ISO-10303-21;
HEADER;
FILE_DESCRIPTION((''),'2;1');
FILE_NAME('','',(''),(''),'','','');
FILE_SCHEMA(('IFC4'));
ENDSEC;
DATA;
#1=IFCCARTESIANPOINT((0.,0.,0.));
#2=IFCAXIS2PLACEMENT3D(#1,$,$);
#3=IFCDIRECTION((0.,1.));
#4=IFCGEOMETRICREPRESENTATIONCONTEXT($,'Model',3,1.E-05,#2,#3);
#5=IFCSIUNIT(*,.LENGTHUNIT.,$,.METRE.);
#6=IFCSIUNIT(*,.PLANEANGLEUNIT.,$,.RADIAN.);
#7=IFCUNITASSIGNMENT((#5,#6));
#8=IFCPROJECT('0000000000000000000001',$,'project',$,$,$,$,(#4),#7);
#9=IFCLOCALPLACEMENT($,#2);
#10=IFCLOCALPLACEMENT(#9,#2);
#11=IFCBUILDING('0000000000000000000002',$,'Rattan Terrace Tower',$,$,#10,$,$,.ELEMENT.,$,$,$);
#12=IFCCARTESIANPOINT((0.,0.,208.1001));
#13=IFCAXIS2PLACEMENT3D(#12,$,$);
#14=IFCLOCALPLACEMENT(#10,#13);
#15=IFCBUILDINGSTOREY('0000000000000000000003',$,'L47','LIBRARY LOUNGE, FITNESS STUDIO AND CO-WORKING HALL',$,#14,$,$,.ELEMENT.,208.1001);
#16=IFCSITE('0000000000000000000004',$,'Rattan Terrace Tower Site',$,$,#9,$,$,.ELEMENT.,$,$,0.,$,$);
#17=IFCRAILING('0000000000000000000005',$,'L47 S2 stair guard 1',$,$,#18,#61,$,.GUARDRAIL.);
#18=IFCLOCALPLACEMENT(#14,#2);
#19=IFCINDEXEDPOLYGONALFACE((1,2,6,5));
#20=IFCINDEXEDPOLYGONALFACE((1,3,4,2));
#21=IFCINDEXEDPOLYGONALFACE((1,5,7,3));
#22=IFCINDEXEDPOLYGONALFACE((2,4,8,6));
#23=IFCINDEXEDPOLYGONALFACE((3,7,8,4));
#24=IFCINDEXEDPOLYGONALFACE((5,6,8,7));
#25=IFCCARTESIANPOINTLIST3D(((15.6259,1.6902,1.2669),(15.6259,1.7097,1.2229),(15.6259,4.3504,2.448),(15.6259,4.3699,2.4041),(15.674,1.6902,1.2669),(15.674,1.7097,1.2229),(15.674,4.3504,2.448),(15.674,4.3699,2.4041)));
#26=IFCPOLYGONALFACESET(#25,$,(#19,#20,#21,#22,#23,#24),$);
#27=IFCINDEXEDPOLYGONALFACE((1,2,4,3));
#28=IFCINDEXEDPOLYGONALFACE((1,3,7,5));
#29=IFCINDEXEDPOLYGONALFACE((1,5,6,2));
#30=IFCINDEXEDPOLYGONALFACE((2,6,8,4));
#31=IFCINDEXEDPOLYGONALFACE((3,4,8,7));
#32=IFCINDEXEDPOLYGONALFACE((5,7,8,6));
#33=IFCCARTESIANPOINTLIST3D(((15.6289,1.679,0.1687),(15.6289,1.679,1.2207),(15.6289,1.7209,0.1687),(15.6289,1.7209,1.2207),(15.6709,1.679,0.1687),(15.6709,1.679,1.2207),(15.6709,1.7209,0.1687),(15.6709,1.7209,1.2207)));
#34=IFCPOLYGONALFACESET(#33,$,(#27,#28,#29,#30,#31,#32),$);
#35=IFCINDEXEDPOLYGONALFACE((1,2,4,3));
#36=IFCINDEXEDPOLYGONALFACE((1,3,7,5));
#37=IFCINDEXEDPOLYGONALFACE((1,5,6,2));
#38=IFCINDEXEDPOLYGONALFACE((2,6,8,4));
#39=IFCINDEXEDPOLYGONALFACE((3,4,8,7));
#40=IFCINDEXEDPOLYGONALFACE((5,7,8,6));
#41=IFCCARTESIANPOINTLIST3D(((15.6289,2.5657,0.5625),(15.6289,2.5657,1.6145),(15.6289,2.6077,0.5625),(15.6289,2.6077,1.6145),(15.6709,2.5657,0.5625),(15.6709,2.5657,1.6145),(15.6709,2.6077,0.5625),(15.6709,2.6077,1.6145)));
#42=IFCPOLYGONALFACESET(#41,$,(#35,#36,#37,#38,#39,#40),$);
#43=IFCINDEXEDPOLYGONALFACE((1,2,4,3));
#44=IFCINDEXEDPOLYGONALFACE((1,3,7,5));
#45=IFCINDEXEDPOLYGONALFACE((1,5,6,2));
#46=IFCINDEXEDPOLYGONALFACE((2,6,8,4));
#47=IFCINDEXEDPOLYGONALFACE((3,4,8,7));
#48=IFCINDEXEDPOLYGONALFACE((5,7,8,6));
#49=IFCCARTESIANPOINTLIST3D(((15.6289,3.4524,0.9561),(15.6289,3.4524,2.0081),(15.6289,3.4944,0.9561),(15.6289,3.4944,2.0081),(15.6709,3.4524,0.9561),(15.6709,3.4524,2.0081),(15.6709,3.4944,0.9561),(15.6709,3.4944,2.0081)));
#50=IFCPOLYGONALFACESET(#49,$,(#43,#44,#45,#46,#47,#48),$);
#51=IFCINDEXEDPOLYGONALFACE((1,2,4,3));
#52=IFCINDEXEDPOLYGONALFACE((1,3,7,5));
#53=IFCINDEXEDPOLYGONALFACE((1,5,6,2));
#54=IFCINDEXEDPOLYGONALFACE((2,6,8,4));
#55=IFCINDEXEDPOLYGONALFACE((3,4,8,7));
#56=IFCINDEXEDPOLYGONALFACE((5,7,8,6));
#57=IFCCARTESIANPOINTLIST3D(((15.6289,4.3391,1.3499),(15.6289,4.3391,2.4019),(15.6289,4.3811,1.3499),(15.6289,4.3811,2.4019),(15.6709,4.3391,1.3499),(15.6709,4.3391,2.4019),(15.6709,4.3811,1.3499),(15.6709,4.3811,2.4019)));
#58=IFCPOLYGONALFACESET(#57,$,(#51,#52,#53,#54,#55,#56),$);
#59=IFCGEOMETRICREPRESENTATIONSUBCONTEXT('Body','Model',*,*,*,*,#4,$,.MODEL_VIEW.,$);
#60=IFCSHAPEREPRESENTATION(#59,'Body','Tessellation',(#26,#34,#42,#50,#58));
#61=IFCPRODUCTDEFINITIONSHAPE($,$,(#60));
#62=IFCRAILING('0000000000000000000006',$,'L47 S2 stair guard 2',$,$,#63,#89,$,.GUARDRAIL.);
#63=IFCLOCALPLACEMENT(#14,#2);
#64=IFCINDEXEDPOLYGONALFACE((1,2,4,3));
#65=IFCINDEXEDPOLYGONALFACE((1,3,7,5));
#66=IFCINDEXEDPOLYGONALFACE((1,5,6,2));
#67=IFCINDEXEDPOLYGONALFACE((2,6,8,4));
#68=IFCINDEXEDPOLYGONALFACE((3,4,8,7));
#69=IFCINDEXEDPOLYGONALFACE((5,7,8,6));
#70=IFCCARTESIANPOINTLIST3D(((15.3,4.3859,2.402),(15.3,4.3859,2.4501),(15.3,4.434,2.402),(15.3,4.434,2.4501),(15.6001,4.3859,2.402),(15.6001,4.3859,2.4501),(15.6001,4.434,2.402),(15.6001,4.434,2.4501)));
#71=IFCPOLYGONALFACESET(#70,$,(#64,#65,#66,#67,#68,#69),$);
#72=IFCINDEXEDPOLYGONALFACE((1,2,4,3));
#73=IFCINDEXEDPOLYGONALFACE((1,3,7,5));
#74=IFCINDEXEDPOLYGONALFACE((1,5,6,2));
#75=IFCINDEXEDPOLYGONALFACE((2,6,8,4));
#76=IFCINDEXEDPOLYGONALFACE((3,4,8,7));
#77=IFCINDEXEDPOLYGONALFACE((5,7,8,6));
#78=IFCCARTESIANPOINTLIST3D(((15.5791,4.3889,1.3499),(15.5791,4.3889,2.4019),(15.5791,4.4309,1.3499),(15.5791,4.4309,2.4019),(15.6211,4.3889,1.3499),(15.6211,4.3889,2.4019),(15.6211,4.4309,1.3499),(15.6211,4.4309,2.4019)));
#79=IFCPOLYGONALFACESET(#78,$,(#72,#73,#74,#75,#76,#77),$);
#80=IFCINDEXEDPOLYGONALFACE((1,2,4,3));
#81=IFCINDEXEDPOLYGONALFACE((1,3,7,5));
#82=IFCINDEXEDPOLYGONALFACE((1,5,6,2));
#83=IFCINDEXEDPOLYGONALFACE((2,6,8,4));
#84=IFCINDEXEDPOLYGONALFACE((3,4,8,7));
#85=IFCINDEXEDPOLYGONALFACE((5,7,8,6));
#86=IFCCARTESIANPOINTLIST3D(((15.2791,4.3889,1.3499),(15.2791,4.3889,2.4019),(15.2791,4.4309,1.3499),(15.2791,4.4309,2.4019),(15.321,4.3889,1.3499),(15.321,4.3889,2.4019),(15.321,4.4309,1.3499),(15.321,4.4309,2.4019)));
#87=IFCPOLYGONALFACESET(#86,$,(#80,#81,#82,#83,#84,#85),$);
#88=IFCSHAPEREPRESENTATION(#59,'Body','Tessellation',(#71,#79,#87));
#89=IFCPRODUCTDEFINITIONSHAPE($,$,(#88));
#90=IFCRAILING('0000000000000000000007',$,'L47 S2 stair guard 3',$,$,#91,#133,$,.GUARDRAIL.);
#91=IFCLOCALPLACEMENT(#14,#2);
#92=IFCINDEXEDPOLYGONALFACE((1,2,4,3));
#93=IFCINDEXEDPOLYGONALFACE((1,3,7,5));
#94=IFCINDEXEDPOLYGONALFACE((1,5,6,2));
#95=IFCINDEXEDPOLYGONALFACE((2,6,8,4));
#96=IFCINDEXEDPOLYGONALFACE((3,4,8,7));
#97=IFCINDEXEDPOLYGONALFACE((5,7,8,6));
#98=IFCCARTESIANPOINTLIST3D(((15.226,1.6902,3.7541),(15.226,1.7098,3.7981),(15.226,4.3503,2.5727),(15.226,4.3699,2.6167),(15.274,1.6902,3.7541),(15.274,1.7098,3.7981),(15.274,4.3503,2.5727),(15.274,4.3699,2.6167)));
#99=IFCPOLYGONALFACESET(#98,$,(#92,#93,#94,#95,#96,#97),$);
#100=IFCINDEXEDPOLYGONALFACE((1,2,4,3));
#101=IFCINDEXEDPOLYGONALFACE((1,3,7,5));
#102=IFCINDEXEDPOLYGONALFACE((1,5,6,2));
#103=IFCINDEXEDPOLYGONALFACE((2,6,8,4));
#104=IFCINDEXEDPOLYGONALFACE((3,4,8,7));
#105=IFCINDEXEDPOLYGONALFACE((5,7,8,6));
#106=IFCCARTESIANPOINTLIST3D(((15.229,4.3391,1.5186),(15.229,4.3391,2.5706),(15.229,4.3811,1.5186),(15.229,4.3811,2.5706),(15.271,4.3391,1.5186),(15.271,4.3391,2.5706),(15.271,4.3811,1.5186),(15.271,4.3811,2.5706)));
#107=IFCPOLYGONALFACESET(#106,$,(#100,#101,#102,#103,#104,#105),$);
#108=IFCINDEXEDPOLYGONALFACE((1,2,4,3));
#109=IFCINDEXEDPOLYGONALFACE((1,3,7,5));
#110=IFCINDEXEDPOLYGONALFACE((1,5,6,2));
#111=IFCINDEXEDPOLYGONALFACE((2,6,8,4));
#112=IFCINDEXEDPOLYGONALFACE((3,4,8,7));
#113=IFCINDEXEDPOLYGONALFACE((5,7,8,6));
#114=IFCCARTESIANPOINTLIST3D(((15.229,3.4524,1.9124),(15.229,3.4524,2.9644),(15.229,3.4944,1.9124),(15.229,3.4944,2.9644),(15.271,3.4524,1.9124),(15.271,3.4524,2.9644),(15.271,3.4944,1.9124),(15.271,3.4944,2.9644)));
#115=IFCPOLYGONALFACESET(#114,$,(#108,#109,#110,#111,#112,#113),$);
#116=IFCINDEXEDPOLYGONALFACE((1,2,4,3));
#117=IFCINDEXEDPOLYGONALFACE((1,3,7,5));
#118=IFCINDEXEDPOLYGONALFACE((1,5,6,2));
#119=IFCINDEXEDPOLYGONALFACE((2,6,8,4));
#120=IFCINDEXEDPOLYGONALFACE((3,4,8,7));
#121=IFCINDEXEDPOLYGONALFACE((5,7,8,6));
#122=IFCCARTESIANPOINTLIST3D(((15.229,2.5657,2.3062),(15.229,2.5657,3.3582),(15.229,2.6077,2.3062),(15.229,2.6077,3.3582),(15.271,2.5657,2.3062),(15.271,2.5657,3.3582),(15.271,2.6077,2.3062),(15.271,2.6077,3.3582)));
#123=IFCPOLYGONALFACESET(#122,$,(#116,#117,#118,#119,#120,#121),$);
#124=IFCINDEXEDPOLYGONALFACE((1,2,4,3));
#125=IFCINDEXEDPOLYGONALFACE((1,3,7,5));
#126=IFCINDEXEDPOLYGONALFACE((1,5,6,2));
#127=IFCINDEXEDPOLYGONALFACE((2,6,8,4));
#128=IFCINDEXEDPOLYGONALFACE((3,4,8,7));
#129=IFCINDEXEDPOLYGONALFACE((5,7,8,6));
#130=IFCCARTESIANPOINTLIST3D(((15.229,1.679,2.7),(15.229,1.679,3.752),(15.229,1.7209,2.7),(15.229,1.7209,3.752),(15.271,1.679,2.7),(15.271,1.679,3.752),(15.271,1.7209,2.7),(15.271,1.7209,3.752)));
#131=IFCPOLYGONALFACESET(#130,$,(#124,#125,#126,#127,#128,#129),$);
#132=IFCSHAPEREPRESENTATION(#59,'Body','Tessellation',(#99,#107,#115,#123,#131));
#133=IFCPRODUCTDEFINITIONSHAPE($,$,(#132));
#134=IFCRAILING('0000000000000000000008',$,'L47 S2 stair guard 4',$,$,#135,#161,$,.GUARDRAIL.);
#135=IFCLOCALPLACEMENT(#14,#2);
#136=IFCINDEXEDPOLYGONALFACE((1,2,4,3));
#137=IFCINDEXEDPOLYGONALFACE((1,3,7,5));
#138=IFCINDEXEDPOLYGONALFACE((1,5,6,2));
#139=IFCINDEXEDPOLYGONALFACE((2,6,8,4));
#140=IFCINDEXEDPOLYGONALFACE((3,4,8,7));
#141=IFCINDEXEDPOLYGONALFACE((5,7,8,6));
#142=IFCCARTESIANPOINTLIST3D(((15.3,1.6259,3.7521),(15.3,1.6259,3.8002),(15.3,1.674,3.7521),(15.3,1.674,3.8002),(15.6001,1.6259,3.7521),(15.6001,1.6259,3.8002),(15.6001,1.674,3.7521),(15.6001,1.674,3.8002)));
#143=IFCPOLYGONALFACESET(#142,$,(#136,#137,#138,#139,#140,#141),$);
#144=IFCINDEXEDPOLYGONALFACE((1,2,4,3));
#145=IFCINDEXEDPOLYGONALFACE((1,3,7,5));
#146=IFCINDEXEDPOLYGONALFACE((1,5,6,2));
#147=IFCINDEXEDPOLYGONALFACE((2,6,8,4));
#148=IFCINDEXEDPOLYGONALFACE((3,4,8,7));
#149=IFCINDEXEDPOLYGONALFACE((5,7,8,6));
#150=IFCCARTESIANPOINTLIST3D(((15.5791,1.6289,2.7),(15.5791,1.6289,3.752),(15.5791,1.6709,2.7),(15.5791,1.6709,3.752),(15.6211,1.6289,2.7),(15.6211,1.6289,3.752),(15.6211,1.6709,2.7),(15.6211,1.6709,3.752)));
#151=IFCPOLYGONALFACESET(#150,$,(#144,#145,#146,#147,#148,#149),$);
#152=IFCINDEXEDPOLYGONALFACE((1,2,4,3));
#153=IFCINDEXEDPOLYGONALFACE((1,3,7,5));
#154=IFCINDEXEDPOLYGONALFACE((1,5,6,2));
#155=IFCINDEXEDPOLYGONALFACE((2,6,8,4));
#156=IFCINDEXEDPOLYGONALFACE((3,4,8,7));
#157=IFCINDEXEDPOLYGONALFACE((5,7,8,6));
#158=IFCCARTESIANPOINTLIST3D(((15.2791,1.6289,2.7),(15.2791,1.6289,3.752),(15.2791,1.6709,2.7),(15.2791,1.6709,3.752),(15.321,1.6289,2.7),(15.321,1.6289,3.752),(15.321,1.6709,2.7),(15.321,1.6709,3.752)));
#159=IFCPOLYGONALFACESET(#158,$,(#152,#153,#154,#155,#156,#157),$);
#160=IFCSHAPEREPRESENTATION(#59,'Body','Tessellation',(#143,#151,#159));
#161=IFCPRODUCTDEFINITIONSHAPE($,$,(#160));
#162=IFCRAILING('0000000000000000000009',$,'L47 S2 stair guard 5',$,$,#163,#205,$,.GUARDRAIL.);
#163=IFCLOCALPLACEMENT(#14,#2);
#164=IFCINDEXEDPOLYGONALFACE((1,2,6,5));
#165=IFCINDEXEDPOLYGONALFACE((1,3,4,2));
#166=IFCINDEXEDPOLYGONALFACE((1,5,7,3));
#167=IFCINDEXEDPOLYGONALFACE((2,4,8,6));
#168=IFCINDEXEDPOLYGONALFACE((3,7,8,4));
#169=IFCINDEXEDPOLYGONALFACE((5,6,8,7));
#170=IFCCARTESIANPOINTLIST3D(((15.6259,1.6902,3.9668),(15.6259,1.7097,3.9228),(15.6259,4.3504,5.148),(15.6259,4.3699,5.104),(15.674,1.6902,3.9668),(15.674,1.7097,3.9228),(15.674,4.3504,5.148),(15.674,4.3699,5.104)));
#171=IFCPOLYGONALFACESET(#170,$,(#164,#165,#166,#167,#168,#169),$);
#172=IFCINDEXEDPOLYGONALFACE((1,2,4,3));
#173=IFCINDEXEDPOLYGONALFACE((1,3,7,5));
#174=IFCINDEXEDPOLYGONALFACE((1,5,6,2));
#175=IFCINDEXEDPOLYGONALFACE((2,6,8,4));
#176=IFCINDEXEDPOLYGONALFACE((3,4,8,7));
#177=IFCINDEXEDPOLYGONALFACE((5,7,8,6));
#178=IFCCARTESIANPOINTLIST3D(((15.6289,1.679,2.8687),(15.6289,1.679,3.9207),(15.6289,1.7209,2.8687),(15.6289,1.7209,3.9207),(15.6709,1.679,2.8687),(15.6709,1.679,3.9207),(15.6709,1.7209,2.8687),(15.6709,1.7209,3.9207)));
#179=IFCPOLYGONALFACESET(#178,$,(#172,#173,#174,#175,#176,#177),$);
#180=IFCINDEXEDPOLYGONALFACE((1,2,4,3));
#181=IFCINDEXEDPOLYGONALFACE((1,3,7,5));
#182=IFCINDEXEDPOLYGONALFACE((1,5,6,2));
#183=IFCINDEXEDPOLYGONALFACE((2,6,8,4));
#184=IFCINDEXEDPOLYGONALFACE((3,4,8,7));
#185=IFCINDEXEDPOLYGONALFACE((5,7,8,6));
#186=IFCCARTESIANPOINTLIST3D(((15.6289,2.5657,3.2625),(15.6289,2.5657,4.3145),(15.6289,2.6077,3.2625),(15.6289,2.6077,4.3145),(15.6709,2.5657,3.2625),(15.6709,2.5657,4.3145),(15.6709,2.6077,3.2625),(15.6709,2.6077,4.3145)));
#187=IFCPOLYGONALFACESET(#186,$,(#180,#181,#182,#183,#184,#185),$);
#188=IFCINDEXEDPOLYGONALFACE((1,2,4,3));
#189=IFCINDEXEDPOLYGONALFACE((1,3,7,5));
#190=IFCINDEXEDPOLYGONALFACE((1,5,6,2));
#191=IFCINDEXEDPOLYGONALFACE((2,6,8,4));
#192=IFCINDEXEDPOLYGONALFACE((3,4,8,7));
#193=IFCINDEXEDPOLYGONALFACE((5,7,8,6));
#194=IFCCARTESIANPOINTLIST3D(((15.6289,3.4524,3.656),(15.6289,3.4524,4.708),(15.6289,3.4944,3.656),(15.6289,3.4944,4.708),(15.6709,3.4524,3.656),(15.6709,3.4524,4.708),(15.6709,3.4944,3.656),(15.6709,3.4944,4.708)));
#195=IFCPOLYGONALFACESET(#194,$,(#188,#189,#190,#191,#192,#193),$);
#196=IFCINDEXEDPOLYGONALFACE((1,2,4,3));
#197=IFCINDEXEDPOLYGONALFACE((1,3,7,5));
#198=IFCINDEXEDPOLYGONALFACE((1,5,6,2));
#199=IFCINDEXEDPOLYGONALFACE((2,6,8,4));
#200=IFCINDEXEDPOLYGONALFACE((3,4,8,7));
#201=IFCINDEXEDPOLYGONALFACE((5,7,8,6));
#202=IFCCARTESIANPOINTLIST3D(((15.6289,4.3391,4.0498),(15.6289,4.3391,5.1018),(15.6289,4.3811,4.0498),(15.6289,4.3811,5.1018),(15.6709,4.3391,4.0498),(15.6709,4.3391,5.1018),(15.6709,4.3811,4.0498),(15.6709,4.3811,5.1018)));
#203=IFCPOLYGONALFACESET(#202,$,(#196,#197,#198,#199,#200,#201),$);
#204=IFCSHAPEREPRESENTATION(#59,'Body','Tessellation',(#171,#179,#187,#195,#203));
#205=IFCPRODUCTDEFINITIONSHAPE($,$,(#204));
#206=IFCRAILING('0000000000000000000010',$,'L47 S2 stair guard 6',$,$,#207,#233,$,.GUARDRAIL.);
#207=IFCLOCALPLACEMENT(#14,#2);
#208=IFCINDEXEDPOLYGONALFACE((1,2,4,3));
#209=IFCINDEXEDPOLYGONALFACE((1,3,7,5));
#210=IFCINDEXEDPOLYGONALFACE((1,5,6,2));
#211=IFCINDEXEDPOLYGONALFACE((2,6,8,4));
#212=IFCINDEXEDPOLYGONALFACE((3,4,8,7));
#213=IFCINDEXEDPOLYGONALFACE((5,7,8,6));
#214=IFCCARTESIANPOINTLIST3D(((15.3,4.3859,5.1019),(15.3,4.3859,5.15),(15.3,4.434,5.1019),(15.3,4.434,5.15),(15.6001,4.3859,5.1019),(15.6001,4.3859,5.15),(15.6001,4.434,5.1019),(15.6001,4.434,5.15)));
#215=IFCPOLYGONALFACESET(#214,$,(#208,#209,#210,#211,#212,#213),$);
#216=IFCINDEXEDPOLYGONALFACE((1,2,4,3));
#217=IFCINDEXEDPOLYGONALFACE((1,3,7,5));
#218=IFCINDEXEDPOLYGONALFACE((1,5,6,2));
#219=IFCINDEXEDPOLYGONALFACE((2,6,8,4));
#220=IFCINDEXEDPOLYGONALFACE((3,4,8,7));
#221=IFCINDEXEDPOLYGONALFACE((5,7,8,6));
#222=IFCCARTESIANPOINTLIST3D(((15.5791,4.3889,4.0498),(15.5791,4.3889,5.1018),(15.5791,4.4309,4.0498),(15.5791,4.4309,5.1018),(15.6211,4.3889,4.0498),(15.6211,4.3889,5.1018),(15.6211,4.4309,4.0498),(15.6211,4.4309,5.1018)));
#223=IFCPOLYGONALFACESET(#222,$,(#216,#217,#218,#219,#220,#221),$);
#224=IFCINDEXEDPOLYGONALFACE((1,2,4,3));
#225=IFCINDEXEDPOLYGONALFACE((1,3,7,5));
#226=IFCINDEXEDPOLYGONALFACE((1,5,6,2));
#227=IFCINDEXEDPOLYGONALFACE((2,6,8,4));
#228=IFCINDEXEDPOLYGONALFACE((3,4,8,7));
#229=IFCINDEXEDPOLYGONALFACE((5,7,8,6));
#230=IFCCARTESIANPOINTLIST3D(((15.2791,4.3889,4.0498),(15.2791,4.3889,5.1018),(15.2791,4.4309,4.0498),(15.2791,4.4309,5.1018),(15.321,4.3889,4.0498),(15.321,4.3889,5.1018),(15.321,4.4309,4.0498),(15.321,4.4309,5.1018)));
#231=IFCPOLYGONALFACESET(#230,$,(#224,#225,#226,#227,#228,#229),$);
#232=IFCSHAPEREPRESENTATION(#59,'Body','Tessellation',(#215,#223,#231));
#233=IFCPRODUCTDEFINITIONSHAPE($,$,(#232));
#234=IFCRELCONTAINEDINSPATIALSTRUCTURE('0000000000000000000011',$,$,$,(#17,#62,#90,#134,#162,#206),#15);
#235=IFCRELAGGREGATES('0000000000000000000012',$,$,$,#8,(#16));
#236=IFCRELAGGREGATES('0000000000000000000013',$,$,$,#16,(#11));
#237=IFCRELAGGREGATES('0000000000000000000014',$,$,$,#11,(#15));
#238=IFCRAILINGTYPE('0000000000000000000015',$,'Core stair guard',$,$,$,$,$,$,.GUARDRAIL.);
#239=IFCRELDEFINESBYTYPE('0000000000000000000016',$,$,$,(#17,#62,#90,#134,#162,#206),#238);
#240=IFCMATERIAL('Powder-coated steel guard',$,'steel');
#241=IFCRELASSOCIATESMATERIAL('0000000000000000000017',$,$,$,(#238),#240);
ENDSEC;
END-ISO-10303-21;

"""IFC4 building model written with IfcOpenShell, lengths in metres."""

from ifc_helpers import new_model, si_unit, direction, frame, origin, origin_2d, place, context, subcontext, project, spatial, rectangle, extrude, material, type_object, element, save


model = new_model("IFC4")

# Units and contexts
model_context = context("Model", 3, precision=1e-05, world=origin(), true_north=direction((0.0, 1.0)))
body_context = subcontext(model_context, "Body", "Model", "MODEL_VIEW")
ifc_project = project(units=[si_unit("LENGTHUNIT", "METRE"), si_unit("PLANEANGLEUNIT", "RADIAN")], contexts=[model_context])

# Site, building, storey
site_placement = place(None, origin())
site = spatial("IfcSite", under=ifc_project, at=site_placement, Name="Rattan Terrace Tower Site", CompositionType="ELEMENT", RefElevation=0.0)
building_placement = place(site_placement, origin())
building = spatial("IfcBuilding", under=site, at=building_placement, Name="Rattan Terrace Tower", CompositionType="ELEMENT")
storey_placement = place(building_placement, frame((0.0, 0.0, 208.1001)))
storey = spatial("IfcBuildingStorey", under=building, at=storey_placement, Name="L47", Description="LIBRARY LOUNGE, FITNESS STUDIO AND CO-WORKING HALL", CompositionType="ELEMENT", Elevation=208.1001)

# Railings
ifc_material_1 = material(Name="Powder-coated steel guard", Category="steel")
railing_type_1 = type_object("IfcRailingType", Name="Core stair guard", PredefinedType="GUARDRAIL", material=ifc_material_1)
railing_1_placement = place(storey_placement, frame((15.6499, 1.7, 0.1687)))
element("IfcRailing", 1, at=railing_1_placement, inside=storey, type_object=railing_type_1, Name="L47 S2 stair guard 1", PredefinedType="GUARDRAIL", context=body_context, shape_type="SweptSolid", body=[
    extrude(rectangle(XDim=0.0481, YDim=0.0481, at=origin_2d()), frame((0.0, 0.0, 1.0762), z_axis=(0.0, 0.913957, 0.405812), x_axis=(-1.0, 0.0, 0.0)), (0.0, 0.0, 1.0), 2.9106),
    extrude(rectangle(XDim=0.042, YDim=0.042, at=origin_2d()), origin(), (0.0, 0.0, 1.0), 1.052),
    extrude(rectangle(XDim=0.042, YDim=0.042, at=origin_2d()), frame((0.0, 0.8867, 0.3938)), (0.0, 0.0, 1.0), 1.052),
    extrude(rectangle(XDim=0.042, YDim=0.042, at=origin_2d()), frame((0.0, 1.7734, 0.7874)), (0.0, 0.0, 1.0), 1.052),
    extrude(rectangle(XDim=0.042, YDim=0.042, at=origin_2d()), frame((0.0, 2.6602, 1.1812)), (0.0, 0.0, 1.0), 1.052),
])
railing_2_placement = place(storey_placement, frame((15.6001, 4.4099, 1.3499)))
element("IfcRailing", 2, at=railing_2_placement, inside=storey, type_object=railing_type_1, Name="L47 S2 stair guard 2", PredefinedType="GUARDRAIL", context=body_context, shape_type="SweptSolid", body=[
    extrude(rectangle(XDim=0.0481, YDim=0.0481, at=origin_2d()), frame((0.0, 0.0, 1.0762), z_axis=(-1.0, 0.0, 0.0), x_axis=(0.0, -1.0, 0.0)), (0.0, 0.0, 1.0), 0.3),
    extrude(rectangle(XDim=0.042, YDim=0.042, at=origin_2d()), origin(), (0.0, 0.0, 1.0), 1.052),
    extrude(rectangle(XDim=0.042, YDim=0.042, at=origin_2d()), frame((-0.3, 0.0, 0.0)), (0.0, 0.0, 1.0), 1.052),
])
railing_3_placement = place(storey_placement, frame((15.25, 4.3601, 1.5186)))
element("IfcRailing", 3, at=railing_3_placement, inside=storey, type_object=railing_type_1, Name="L47 S2 stair guard 3", PredefinedType="GUARDRAIL", context=body_context, shape_type="SweptSolid", body=[
    extrude(rectangle(XDim=0.0481, YDim=0.0481, at=origin_2d()), frame((0.0, 0.0, 1.0762), z_axis=(0.0, -0.913926, 0.405882), x_axis=(1.0, 0.0, 0.0)), (0.0, 0.0, 1.0), 2.9106),
    extrude(rectangle(XDim=0.042, YDim=0.042, at=origin_2d()), origin(), (0.0, 0.0, 1.0), 1.052),
    extrude(rectangle(XDim=0.042, YDim=0.042, at=origin_2d()), frame((0.0, -0.8867, 0.3938)), (0.0, 0.0, 1.0), 1.052),
    extrude(rectangle(XDim=0.042, YDim=0.042, at=origin_2d()), frame((0.0, -1.7734, 0.7876)), (0.0, 0.0, 1.0), 1.052),
    extrude(rectangle(XDim=0.042, YDim=0.042, at=origin_2d()), frame((0.0, -2.6602, 1.1814)), (0.0, 0.0, 1.0), 1.052),
])
railing_4_placement = place(storey_placement, frame((15.6001, 1.6499, 2.7)))
element("IfcRailing", 4, at=railing_4_placement, inside=storey, type_object=railing_type_1, Name="L47 S2 stair guard 4", PredefinedType="GUARDRAIL", context=body_context, shape_type="SweptSolid", body=[
    extrude(rectangle(XDim=0.0481, YDim=0.0481, at=origin_2d()), frame((0.0, 0.0, 1.0762), z_axis=(-1.0, 0.0, 0.0), x_axis=(0.0, -1.0, 0.0)), (0.0, 0.0, 1.0), 0.3),
    extrude(rectangle(XDim=0.042, YDim=0.042, at=origin_2d()), origin(), (0.0, 0.0, 1.0), 1.052),
    extrude(rectangle(XDim=0.042, YDim=0.042, at=origin_2d()), frame((-0.3, 0.0, 0.0)), (0.0, 0.0, 1.0), 1.052),
])
railing_5_placement = place(storey_placement, frame((15.6499, 1.7, 2.8687)))
element("IfcRailing", 5, at=railing_5_placement, inside=storey, type_object=railing_type_1, Name="L47 S2 stair guard 5", PredefinedType="GUARDRAIL", context=body_context, shape_type="SweptSolid", body=[
    extrude(rectangle(XDim=0.0481, YDim=0.0481, at=origin_2d()), frame((0.0, 0.0, 1.0762), z_axis=(0.0, 0.913957, 0.405812), x_axis=(-1.0, 0.0, 0.0)), (0.0, 0.0, 1.0), 2.9106),
    extrude(rectangle(XDim=0.042, YDim=0.042, at=origin_2d()), origin(), (0.0, 0.0, 1.0), 1.052),
    extrude(rectangle(XDim=0.042, YDim=0.042, at=origin_2d()), frame((0.0, 0.8867, 0.3938)), (0.0, 0.0, 1.0), 1.052),
    extrude(rectangle(XDim=0.042, YDim=0.042, at=origin_2d()), frame((0.0, 1.7734, 0.7874)), (0.0, 0.0, 1.0), 1.052),
    extrude(rectangle(XDim=0.042, YDim=0.042, at=origin_2d()), frame((0.0, 2.6602, 1.1812)), (0.0, 0.0, 1.0), 1.052),
])
railing_6_placement = place(storey_placement, frame((15.6001, 4.4099, 4.0498)))
element("IfcRailing", 6, at=railing_6_placement, inside=storey, type_object=railing_type_1, Name="L47 S2 stair guard 6", PredefinedType="GUARDRAIL", context=body_context, shape_type="SweptSolid", body=[
    extrude(rectangle(XDim=0.0481, YDim=0.0481, at=origin_2d()), frame((0.0, 0.0, 1.0762), z_axis=(-1.0, 0.0, 0.0), x_axis=(0.0, -1.0, 0.0)), (0.0, 0.0, 1.0), 0.3),
    extrude(rectangle(XDim=0.042, YDim=0.042, at=origin_2d()), origin(), (0.0, 0.0, 1.0), 1.052),
    extrude(rectangle(XDim=0.042, YDim=0.042, at=origin_2d()), frame((-0.3, 0.0, 0.0)), (0.0, 0.0, 1.0), 1.052),
])

save(model, "model.ifc")
